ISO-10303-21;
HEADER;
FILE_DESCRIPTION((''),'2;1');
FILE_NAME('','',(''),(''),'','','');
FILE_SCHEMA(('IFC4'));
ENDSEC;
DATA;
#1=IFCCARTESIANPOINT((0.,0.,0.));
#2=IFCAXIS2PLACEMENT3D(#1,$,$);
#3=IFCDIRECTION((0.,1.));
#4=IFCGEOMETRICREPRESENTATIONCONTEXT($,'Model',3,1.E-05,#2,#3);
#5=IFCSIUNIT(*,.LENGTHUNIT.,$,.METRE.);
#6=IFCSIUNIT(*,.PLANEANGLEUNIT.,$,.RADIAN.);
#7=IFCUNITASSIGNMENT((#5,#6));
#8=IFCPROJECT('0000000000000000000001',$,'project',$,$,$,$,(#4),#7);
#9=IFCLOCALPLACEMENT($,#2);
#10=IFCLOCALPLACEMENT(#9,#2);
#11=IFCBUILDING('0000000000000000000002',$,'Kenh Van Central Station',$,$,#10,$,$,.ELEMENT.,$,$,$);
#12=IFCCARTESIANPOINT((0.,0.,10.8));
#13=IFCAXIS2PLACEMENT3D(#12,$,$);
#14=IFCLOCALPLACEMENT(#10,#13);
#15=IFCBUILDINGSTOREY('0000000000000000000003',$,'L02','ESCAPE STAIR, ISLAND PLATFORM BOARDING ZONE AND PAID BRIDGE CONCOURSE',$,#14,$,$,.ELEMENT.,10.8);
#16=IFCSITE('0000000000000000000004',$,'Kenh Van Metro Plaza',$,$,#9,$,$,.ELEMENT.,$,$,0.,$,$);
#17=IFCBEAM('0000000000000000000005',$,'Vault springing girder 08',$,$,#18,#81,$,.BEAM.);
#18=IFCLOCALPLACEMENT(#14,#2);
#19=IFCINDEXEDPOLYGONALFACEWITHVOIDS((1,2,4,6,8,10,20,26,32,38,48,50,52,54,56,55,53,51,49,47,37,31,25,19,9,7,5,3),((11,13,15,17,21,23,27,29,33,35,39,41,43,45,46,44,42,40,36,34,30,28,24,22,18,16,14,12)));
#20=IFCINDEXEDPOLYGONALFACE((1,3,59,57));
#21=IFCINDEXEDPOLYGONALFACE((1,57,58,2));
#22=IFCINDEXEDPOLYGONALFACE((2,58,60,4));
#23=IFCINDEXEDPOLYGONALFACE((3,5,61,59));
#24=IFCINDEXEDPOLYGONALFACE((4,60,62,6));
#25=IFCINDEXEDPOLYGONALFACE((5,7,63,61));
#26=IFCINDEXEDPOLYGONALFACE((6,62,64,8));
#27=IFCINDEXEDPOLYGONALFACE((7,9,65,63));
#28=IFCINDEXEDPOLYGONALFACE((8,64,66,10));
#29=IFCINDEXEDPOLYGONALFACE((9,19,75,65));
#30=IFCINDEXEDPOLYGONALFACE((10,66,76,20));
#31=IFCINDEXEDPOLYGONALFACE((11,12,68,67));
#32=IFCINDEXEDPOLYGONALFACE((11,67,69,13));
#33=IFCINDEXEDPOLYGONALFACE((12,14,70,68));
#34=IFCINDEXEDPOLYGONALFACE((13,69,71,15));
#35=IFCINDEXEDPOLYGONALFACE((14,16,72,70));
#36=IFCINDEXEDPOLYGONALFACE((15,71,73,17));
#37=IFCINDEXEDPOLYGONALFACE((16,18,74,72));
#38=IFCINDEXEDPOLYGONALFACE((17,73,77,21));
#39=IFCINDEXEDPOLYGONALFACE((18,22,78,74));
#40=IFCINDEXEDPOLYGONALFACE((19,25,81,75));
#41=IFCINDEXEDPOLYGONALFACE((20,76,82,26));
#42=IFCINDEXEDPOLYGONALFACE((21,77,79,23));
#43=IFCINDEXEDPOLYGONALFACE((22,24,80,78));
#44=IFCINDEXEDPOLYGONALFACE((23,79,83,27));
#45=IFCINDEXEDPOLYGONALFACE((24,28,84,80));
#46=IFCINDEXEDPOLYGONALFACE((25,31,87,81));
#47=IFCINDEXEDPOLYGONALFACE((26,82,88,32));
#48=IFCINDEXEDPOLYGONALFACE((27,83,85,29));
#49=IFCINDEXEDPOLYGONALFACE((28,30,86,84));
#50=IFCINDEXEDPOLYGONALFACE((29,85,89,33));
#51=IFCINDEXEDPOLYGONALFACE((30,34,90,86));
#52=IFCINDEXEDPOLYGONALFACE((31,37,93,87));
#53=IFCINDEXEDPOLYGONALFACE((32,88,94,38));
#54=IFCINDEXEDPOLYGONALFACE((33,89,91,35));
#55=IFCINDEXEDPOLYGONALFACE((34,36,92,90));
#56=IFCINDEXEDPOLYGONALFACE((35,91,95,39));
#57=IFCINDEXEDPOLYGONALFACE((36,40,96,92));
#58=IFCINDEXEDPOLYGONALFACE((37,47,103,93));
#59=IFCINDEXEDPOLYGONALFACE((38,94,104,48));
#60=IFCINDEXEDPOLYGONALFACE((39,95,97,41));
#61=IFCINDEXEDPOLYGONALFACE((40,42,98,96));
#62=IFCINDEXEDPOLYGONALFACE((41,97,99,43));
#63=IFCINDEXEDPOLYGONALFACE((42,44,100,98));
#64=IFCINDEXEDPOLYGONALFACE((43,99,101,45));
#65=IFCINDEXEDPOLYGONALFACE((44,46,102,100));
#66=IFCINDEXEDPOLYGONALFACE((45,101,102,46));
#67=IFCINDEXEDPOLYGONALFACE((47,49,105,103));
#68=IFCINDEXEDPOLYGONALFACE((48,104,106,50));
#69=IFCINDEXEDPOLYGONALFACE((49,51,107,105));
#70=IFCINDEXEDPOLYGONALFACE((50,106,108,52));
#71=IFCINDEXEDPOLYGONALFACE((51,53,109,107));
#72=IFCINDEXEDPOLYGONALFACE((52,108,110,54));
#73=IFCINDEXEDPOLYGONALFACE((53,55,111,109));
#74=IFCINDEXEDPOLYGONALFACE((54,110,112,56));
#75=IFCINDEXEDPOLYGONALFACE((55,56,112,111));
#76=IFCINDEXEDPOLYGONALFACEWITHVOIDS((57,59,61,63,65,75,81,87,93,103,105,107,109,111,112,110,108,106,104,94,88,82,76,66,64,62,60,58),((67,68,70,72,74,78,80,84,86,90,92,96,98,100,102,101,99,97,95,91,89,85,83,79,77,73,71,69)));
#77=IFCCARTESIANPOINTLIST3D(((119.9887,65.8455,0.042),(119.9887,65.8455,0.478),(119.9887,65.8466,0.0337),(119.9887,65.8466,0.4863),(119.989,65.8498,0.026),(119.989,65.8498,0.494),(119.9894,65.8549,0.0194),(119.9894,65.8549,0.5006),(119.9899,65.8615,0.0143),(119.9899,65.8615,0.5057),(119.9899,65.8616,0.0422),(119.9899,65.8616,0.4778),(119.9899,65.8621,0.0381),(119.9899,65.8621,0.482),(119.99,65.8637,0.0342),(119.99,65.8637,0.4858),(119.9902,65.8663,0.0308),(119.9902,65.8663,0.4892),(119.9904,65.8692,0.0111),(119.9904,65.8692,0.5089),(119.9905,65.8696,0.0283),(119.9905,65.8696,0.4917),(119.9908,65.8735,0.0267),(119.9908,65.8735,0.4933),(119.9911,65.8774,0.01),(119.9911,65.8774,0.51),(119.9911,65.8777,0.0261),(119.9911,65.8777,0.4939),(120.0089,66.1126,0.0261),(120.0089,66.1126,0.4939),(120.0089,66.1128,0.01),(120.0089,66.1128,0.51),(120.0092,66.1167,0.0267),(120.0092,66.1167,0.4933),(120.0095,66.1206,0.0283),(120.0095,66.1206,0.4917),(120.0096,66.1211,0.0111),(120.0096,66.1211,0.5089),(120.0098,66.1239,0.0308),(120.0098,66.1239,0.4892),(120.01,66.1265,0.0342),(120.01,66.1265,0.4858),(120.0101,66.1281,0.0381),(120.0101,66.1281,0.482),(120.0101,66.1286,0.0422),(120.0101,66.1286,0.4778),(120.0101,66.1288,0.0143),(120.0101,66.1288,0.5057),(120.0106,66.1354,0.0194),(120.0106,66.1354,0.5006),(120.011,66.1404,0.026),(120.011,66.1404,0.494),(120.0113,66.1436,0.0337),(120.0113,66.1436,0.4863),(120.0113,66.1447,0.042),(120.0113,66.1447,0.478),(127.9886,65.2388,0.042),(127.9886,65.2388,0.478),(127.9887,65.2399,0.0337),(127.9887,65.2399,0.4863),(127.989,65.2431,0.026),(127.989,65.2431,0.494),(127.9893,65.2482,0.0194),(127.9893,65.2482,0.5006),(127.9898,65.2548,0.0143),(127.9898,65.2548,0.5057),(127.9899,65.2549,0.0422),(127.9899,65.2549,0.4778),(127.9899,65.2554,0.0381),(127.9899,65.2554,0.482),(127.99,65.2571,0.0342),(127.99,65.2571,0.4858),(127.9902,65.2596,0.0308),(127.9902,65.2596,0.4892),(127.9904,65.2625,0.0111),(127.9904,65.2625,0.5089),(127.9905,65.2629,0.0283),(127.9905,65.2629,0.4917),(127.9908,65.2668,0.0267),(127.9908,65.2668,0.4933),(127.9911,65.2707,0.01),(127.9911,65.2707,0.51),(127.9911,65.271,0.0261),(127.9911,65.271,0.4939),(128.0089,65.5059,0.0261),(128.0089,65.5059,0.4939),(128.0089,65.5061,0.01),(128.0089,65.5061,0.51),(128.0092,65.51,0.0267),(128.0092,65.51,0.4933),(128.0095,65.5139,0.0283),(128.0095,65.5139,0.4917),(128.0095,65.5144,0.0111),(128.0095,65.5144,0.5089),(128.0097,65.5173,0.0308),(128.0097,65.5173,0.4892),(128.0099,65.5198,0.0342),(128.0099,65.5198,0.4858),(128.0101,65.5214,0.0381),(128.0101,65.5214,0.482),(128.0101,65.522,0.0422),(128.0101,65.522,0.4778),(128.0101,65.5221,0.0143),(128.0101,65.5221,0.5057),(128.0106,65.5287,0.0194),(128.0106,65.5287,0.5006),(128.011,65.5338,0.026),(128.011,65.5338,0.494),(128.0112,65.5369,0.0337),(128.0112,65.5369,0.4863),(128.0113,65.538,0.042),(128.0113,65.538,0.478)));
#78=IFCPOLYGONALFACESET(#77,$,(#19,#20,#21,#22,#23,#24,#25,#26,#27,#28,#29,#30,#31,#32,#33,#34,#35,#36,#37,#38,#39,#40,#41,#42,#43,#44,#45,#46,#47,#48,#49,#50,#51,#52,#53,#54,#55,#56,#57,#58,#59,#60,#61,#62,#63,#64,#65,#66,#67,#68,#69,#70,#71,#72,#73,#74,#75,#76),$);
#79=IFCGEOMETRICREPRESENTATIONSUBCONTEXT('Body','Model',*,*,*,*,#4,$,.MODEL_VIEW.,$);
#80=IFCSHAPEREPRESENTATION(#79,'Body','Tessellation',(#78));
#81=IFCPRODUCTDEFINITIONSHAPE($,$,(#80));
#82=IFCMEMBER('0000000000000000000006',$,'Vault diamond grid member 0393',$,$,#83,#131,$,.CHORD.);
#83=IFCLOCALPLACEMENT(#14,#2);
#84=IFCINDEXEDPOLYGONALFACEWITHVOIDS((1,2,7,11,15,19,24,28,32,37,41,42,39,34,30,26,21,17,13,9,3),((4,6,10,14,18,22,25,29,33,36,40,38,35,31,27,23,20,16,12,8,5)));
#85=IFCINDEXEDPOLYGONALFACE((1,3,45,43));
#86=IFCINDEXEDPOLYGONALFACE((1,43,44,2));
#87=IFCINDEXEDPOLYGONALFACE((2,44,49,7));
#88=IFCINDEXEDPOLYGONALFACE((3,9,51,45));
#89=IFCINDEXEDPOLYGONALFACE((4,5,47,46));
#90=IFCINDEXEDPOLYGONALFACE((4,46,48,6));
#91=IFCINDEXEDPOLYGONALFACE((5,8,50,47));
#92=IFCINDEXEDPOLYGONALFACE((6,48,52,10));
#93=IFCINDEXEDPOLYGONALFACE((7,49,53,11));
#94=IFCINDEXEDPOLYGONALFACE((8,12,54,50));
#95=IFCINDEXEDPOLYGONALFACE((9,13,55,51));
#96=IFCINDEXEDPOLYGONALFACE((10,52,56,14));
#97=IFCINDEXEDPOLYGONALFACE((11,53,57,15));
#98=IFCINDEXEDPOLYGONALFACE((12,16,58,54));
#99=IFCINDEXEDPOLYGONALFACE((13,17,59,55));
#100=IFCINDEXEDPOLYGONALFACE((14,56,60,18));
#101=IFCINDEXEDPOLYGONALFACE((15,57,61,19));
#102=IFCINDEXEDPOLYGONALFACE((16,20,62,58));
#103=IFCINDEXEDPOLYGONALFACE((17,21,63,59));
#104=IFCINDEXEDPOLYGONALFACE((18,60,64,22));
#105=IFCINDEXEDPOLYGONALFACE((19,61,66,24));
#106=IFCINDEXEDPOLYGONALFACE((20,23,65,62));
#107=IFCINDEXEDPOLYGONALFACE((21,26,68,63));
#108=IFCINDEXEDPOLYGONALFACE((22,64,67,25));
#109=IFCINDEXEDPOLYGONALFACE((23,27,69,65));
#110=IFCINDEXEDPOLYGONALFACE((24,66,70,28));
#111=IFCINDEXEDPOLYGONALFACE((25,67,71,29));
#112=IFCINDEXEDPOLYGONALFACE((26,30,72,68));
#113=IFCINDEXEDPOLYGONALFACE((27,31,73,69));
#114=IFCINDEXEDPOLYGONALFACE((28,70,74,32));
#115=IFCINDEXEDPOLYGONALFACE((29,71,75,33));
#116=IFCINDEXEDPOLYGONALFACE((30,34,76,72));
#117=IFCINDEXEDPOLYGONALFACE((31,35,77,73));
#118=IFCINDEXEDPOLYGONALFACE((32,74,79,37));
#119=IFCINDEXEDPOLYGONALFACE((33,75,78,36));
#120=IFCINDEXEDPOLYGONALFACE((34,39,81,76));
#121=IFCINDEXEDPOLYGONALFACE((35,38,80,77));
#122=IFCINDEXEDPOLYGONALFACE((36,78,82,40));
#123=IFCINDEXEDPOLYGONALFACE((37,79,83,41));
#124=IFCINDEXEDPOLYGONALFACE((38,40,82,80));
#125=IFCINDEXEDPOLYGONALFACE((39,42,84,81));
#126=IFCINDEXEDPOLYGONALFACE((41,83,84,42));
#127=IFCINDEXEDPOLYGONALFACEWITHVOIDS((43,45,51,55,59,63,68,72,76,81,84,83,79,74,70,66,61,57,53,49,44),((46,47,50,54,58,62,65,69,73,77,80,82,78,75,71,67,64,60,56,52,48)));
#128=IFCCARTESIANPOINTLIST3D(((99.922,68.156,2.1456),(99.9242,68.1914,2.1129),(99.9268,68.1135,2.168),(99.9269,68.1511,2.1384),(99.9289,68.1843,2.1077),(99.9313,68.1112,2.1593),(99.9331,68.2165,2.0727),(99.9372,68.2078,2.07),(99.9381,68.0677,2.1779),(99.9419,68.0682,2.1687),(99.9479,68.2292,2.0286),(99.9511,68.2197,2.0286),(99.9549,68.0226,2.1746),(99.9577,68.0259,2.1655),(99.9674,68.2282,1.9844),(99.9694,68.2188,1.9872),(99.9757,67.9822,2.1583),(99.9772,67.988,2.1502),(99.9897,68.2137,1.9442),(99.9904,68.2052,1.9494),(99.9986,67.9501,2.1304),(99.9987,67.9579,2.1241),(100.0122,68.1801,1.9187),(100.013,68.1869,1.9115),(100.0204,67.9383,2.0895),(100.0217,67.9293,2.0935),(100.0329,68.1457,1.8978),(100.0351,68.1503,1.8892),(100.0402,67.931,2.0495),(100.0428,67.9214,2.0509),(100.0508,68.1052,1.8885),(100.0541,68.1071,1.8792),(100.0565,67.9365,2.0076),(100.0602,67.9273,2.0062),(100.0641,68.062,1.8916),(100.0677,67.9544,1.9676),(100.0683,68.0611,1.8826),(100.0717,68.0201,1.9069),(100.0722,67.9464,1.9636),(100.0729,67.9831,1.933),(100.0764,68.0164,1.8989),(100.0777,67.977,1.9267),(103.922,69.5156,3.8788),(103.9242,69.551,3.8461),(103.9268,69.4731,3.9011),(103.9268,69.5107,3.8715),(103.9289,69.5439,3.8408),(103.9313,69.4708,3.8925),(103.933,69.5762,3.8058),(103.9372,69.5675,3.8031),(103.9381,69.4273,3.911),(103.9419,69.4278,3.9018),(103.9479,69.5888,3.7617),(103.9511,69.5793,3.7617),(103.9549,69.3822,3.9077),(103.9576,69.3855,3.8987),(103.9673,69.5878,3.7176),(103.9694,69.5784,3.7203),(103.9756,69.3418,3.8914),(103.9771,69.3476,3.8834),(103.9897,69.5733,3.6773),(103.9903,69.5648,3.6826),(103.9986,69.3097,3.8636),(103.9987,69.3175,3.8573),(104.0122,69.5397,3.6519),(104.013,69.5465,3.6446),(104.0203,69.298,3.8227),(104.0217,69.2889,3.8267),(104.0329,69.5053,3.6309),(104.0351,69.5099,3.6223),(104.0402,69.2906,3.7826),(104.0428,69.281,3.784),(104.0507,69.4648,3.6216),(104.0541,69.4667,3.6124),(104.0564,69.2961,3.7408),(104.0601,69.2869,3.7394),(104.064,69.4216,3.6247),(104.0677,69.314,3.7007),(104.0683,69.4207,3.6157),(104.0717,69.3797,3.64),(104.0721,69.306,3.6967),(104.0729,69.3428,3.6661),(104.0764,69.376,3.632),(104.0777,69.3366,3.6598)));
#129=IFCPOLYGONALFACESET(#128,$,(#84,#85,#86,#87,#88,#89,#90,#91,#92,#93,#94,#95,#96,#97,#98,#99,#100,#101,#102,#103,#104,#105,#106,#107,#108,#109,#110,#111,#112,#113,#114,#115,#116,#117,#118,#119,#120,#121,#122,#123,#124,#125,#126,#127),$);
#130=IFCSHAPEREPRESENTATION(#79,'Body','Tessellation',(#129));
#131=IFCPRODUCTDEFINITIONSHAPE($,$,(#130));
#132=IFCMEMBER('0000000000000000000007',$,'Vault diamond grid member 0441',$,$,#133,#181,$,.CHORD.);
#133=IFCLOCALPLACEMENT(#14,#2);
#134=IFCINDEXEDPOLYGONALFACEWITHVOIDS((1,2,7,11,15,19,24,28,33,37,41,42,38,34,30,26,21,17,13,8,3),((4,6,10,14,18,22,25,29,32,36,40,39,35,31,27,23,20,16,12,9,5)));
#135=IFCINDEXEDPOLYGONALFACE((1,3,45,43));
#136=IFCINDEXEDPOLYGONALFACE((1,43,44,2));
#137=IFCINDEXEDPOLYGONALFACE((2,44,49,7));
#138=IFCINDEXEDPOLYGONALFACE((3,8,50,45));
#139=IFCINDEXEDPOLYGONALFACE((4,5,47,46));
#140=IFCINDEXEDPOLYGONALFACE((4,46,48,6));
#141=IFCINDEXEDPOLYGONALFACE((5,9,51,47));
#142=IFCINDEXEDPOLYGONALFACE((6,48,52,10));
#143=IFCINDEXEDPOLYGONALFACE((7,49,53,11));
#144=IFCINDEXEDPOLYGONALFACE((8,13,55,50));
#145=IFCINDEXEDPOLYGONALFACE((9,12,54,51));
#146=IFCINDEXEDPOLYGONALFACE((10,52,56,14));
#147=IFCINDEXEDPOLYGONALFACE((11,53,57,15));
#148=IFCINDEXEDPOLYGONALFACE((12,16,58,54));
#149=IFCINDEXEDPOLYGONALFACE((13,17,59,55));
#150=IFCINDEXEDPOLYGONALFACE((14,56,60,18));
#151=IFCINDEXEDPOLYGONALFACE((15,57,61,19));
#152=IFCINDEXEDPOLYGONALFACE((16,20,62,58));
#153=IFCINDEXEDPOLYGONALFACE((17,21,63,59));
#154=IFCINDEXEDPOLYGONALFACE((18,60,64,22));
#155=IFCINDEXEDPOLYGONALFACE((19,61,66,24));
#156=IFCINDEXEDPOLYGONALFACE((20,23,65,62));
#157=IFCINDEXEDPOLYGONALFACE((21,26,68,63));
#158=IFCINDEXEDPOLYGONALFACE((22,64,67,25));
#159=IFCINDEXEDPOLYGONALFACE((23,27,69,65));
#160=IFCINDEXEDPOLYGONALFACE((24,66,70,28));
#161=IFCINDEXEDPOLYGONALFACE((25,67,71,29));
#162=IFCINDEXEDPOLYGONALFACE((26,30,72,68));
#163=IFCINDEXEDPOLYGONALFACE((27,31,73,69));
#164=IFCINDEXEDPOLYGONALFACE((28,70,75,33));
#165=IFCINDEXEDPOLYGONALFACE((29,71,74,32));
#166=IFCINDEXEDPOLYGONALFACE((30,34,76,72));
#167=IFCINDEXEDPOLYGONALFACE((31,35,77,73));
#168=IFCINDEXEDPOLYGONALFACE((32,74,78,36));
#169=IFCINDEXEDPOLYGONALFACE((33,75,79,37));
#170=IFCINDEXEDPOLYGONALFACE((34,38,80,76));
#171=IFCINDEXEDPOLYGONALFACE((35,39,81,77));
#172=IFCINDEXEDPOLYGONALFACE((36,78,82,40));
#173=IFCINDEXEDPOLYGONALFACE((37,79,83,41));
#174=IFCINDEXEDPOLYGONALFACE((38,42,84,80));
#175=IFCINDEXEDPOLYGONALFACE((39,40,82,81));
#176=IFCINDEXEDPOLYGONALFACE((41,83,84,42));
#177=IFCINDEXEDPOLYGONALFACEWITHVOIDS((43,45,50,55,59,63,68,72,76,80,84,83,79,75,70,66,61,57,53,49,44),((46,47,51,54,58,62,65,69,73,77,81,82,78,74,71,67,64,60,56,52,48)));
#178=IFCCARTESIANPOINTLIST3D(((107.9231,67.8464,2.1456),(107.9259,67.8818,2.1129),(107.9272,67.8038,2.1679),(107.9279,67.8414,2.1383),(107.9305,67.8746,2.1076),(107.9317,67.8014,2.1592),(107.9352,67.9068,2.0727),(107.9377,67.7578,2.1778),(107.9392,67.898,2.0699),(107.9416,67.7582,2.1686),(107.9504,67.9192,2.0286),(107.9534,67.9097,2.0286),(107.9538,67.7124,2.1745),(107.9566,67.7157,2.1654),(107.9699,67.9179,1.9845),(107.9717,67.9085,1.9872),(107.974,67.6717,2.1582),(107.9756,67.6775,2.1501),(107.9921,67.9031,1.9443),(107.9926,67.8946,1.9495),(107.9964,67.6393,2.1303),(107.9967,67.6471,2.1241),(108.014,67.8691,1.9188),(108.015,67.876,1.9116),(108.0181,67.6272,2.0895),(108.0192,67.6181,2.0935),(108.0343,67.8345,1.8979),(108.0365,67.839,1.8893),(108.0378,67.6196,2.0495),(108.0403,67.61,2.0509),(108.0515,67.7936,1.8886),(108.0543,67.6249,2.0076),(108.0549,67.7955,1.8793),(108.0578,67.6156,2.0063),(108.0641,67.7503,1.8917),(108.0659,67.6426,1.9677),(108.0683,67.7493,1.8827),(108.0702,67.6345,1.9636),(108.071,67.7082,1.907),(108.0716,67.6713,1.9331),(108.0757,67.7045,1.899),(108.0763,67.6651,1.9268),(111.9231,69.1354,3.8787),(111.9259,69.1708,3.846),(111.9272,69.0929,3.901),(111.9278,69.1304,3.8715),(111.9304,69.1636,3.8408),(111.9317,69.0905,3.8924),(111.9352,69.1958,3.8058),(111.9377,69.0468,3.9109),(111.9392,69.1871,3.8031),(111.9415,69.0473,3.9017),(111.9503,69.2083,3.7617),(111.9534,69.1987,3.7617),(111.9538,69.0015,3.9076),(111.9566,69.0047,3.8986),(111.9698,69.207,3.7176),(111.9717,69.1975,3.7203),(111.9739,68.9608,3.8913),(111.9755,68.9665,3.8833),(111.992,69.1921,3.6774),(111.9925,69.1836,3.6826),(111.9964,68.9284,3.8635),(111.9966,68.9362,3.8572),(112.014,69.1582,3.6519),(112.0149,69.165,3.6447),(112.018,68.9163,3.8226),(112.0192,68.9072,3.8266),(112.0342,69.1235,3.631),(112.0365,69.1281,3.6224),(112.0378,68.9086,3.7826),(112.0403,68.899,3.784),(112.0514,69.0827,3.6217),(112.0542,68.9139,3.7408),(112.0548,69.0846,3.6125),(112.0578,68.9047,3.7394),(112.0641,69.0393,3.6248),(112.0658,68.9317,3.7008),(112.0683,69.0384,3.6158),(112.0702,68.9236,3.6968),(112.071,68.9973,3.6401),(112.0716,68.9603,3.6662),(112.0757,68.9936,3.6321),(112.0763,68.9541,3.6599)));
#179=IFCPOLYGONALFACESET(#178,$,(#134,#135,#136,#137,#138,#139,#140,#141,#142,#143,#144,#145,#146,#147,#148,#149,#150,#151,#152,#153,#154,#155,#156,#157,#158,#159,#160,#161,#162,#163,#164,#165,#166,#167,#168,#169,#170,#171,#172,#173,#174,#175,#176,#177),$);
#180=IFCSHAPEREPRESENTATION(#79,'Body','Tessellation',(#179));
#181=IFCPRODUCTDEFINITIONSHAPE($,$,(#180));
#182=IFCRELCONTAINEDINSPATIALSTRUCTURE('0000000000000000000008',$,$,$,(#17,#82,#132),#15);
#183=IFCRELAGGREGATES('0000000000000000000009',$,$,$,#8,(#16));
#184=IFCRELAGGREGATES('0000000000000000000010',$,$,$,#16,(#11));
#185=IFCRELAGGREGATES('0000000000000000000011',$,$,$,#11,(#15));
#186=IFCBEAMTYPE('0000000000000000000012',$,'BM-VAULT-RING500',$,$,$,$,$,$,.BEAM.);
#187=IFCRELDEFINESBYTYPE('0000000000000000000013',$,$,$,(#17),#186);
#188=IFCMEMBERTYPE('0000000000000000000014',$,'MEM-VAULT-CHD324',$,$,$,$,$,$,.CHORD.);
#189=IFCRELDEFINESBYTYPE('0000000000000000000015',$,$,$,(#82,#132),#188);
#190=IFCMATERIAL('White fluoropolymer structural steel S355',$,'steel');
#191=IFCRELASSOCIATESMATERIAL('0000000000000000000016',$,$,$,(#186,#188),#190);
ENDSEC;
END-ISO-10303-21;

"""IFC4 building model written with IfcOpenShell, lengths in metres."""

from ifc_helpers import new_model, si_unit, direction, frame, origin, origin_2d, place, context, subcontext, project, spatial, hollow_rectangle, hollow_circle, extrude, material, material_profile, profile_set, type_object, element, save


model = new_model("IFC4")

# Units and contexts
model_context = context("Model", 3, precision=1e-05, world=origin(), true_north=direction((0.0, 1.0)))
body_context = subcontext(model_context, "Body", "Model", "MODEL_VIEW")
ifc_project = project(units=[si_unit("LENGTHUNIT", "METRE"), si_unit("PLANEANGLEUNIT", "RADIAN")], contexts=[model_context])

# Site, building, storey
site_placement = place(None, origin())
site = spatial("IfcSite", under=ifc_project, at=site_placement, Name="Kenh Van Metro Plaza", CompositionType="ELEMENT", RefElevation=0.0)
building_placement = place(site_placement, origin())
building = spatial("IfcBuilding", under=site, at=building_placement, Name="Kenh Van Central Station", CompositionType="ELEMENT")
storey_placement = place(building_placement, frame((0.0, 0.0, 10.8)))
storey = spatial("IfcBuildingStorey", under=building, at=storey_placement, Name="L02", Description="ESCAPE STAIR, ISLAND PLATFORM BOARDING ZONE AND PAID BRIDGE CONCOURSE", CompositionType="ELEMENT", Elevation=10.8)

# Beam
ifc_material_1 = material(Name="White fluoropolymer structural steel S355", Category="steel")
ifc_material_profile_1 = material_profile(ifc_material_1, hollow_rectangle(XDim=0.3, YDim=0.5, WallThickness=0.0161, InnerFilletRadius=0.0161, OuterFilletRadius=0.032, at=origin_2d()), Name="RHS 500x300x16")
ifc_profile_set_1 = profile_set([ifc_material_profile_1], Name="White fluoropolymer structural steel S355")
beam_type_1 = type_object("IfcBeamType", Name="BM-VAULT-RING500", PredefinedType="BEAM", material=ifc_profile_set_1)
beam_1_placement = place(storey_placement, frame((120.0, 65.9951, 0.26), z_axis=(0.997137, -0.075619, 0.0), x_axis=(0.075619, 0.997137, 0.0)))
element("IfcBeam", 1, at=beam_1_placement, inside=storey, type_object=beam_type_1, Name="Vault springing girder 08", PredefinedType="BEAM", context=body_context, shape_type="SweptSolid", body=[
    extrude(hollow_rectangle(XDim=0.3, YDim=0.5, WallThickness=0.0161, InnerFilletRadius=0.0161, OuterFilletRadius=0.032, at=origin_2d()), origin(), (0.0, 0.0, 1.0), 8.0229),
])

# Members
ifc_material_profile_2 = material_profile(ifc_material_1, hollow_circle(Radius=0.1619, WallThickness=0.01, at=origin_2d()), Name="CHS 323.9x10")
ifc_profile_set_2 = profile_set([ifc_material_profile_2], Name="White fluoropolymer structural steel S355")
member_type = type_object("IfcMemberType", Name="MEM-VAULT-CHD324", PredefinedType="CHORD", material=ifc_profile_set_2)
member_1_placement = place(storey_placement, frame((100.0, 68.0759, 2.0286), z_axis=(0.875956, 0.297741, 0.379542), x_axis=(-0.321822, 0.9468, 0.0)))
element("IfcMember", 2, at=member_1_placement, inside=storey, type_object=member_type, Name="Vault diamond grid member 0393", PredefinedType="CHORD", context=body_context, shape_type="SweptSolid", body=[
    extrude(hollow_circle(Radius=0.1619, WallThickness=0.01, at=origin_2d()), origin(), (0.0, 0.0, 1.0), 4.5664),
])
member_2_placement = place(storey_placement, frame((108.0, 67.7651, 2.0286), z_axis=(0.879907, 0.283564, 0.381254), x_axis=(-0.306731, 0.951796, 0.0)))
element("IfcMember", 3, at=member_2_placement, inside=storey, type_object=member_type, Name="Vault diamond grid member 0441", PredefinedType="CHORD", context=body_context, shape_type="SweptSolid", body=[
    extrude(hollow_circle(Radius=0.1619, WallThickness=0.01, at=origin_2d()), origin(), (0.0, 0.0, 1.0), 4.5459),
])

save(model, "model.ifc")
